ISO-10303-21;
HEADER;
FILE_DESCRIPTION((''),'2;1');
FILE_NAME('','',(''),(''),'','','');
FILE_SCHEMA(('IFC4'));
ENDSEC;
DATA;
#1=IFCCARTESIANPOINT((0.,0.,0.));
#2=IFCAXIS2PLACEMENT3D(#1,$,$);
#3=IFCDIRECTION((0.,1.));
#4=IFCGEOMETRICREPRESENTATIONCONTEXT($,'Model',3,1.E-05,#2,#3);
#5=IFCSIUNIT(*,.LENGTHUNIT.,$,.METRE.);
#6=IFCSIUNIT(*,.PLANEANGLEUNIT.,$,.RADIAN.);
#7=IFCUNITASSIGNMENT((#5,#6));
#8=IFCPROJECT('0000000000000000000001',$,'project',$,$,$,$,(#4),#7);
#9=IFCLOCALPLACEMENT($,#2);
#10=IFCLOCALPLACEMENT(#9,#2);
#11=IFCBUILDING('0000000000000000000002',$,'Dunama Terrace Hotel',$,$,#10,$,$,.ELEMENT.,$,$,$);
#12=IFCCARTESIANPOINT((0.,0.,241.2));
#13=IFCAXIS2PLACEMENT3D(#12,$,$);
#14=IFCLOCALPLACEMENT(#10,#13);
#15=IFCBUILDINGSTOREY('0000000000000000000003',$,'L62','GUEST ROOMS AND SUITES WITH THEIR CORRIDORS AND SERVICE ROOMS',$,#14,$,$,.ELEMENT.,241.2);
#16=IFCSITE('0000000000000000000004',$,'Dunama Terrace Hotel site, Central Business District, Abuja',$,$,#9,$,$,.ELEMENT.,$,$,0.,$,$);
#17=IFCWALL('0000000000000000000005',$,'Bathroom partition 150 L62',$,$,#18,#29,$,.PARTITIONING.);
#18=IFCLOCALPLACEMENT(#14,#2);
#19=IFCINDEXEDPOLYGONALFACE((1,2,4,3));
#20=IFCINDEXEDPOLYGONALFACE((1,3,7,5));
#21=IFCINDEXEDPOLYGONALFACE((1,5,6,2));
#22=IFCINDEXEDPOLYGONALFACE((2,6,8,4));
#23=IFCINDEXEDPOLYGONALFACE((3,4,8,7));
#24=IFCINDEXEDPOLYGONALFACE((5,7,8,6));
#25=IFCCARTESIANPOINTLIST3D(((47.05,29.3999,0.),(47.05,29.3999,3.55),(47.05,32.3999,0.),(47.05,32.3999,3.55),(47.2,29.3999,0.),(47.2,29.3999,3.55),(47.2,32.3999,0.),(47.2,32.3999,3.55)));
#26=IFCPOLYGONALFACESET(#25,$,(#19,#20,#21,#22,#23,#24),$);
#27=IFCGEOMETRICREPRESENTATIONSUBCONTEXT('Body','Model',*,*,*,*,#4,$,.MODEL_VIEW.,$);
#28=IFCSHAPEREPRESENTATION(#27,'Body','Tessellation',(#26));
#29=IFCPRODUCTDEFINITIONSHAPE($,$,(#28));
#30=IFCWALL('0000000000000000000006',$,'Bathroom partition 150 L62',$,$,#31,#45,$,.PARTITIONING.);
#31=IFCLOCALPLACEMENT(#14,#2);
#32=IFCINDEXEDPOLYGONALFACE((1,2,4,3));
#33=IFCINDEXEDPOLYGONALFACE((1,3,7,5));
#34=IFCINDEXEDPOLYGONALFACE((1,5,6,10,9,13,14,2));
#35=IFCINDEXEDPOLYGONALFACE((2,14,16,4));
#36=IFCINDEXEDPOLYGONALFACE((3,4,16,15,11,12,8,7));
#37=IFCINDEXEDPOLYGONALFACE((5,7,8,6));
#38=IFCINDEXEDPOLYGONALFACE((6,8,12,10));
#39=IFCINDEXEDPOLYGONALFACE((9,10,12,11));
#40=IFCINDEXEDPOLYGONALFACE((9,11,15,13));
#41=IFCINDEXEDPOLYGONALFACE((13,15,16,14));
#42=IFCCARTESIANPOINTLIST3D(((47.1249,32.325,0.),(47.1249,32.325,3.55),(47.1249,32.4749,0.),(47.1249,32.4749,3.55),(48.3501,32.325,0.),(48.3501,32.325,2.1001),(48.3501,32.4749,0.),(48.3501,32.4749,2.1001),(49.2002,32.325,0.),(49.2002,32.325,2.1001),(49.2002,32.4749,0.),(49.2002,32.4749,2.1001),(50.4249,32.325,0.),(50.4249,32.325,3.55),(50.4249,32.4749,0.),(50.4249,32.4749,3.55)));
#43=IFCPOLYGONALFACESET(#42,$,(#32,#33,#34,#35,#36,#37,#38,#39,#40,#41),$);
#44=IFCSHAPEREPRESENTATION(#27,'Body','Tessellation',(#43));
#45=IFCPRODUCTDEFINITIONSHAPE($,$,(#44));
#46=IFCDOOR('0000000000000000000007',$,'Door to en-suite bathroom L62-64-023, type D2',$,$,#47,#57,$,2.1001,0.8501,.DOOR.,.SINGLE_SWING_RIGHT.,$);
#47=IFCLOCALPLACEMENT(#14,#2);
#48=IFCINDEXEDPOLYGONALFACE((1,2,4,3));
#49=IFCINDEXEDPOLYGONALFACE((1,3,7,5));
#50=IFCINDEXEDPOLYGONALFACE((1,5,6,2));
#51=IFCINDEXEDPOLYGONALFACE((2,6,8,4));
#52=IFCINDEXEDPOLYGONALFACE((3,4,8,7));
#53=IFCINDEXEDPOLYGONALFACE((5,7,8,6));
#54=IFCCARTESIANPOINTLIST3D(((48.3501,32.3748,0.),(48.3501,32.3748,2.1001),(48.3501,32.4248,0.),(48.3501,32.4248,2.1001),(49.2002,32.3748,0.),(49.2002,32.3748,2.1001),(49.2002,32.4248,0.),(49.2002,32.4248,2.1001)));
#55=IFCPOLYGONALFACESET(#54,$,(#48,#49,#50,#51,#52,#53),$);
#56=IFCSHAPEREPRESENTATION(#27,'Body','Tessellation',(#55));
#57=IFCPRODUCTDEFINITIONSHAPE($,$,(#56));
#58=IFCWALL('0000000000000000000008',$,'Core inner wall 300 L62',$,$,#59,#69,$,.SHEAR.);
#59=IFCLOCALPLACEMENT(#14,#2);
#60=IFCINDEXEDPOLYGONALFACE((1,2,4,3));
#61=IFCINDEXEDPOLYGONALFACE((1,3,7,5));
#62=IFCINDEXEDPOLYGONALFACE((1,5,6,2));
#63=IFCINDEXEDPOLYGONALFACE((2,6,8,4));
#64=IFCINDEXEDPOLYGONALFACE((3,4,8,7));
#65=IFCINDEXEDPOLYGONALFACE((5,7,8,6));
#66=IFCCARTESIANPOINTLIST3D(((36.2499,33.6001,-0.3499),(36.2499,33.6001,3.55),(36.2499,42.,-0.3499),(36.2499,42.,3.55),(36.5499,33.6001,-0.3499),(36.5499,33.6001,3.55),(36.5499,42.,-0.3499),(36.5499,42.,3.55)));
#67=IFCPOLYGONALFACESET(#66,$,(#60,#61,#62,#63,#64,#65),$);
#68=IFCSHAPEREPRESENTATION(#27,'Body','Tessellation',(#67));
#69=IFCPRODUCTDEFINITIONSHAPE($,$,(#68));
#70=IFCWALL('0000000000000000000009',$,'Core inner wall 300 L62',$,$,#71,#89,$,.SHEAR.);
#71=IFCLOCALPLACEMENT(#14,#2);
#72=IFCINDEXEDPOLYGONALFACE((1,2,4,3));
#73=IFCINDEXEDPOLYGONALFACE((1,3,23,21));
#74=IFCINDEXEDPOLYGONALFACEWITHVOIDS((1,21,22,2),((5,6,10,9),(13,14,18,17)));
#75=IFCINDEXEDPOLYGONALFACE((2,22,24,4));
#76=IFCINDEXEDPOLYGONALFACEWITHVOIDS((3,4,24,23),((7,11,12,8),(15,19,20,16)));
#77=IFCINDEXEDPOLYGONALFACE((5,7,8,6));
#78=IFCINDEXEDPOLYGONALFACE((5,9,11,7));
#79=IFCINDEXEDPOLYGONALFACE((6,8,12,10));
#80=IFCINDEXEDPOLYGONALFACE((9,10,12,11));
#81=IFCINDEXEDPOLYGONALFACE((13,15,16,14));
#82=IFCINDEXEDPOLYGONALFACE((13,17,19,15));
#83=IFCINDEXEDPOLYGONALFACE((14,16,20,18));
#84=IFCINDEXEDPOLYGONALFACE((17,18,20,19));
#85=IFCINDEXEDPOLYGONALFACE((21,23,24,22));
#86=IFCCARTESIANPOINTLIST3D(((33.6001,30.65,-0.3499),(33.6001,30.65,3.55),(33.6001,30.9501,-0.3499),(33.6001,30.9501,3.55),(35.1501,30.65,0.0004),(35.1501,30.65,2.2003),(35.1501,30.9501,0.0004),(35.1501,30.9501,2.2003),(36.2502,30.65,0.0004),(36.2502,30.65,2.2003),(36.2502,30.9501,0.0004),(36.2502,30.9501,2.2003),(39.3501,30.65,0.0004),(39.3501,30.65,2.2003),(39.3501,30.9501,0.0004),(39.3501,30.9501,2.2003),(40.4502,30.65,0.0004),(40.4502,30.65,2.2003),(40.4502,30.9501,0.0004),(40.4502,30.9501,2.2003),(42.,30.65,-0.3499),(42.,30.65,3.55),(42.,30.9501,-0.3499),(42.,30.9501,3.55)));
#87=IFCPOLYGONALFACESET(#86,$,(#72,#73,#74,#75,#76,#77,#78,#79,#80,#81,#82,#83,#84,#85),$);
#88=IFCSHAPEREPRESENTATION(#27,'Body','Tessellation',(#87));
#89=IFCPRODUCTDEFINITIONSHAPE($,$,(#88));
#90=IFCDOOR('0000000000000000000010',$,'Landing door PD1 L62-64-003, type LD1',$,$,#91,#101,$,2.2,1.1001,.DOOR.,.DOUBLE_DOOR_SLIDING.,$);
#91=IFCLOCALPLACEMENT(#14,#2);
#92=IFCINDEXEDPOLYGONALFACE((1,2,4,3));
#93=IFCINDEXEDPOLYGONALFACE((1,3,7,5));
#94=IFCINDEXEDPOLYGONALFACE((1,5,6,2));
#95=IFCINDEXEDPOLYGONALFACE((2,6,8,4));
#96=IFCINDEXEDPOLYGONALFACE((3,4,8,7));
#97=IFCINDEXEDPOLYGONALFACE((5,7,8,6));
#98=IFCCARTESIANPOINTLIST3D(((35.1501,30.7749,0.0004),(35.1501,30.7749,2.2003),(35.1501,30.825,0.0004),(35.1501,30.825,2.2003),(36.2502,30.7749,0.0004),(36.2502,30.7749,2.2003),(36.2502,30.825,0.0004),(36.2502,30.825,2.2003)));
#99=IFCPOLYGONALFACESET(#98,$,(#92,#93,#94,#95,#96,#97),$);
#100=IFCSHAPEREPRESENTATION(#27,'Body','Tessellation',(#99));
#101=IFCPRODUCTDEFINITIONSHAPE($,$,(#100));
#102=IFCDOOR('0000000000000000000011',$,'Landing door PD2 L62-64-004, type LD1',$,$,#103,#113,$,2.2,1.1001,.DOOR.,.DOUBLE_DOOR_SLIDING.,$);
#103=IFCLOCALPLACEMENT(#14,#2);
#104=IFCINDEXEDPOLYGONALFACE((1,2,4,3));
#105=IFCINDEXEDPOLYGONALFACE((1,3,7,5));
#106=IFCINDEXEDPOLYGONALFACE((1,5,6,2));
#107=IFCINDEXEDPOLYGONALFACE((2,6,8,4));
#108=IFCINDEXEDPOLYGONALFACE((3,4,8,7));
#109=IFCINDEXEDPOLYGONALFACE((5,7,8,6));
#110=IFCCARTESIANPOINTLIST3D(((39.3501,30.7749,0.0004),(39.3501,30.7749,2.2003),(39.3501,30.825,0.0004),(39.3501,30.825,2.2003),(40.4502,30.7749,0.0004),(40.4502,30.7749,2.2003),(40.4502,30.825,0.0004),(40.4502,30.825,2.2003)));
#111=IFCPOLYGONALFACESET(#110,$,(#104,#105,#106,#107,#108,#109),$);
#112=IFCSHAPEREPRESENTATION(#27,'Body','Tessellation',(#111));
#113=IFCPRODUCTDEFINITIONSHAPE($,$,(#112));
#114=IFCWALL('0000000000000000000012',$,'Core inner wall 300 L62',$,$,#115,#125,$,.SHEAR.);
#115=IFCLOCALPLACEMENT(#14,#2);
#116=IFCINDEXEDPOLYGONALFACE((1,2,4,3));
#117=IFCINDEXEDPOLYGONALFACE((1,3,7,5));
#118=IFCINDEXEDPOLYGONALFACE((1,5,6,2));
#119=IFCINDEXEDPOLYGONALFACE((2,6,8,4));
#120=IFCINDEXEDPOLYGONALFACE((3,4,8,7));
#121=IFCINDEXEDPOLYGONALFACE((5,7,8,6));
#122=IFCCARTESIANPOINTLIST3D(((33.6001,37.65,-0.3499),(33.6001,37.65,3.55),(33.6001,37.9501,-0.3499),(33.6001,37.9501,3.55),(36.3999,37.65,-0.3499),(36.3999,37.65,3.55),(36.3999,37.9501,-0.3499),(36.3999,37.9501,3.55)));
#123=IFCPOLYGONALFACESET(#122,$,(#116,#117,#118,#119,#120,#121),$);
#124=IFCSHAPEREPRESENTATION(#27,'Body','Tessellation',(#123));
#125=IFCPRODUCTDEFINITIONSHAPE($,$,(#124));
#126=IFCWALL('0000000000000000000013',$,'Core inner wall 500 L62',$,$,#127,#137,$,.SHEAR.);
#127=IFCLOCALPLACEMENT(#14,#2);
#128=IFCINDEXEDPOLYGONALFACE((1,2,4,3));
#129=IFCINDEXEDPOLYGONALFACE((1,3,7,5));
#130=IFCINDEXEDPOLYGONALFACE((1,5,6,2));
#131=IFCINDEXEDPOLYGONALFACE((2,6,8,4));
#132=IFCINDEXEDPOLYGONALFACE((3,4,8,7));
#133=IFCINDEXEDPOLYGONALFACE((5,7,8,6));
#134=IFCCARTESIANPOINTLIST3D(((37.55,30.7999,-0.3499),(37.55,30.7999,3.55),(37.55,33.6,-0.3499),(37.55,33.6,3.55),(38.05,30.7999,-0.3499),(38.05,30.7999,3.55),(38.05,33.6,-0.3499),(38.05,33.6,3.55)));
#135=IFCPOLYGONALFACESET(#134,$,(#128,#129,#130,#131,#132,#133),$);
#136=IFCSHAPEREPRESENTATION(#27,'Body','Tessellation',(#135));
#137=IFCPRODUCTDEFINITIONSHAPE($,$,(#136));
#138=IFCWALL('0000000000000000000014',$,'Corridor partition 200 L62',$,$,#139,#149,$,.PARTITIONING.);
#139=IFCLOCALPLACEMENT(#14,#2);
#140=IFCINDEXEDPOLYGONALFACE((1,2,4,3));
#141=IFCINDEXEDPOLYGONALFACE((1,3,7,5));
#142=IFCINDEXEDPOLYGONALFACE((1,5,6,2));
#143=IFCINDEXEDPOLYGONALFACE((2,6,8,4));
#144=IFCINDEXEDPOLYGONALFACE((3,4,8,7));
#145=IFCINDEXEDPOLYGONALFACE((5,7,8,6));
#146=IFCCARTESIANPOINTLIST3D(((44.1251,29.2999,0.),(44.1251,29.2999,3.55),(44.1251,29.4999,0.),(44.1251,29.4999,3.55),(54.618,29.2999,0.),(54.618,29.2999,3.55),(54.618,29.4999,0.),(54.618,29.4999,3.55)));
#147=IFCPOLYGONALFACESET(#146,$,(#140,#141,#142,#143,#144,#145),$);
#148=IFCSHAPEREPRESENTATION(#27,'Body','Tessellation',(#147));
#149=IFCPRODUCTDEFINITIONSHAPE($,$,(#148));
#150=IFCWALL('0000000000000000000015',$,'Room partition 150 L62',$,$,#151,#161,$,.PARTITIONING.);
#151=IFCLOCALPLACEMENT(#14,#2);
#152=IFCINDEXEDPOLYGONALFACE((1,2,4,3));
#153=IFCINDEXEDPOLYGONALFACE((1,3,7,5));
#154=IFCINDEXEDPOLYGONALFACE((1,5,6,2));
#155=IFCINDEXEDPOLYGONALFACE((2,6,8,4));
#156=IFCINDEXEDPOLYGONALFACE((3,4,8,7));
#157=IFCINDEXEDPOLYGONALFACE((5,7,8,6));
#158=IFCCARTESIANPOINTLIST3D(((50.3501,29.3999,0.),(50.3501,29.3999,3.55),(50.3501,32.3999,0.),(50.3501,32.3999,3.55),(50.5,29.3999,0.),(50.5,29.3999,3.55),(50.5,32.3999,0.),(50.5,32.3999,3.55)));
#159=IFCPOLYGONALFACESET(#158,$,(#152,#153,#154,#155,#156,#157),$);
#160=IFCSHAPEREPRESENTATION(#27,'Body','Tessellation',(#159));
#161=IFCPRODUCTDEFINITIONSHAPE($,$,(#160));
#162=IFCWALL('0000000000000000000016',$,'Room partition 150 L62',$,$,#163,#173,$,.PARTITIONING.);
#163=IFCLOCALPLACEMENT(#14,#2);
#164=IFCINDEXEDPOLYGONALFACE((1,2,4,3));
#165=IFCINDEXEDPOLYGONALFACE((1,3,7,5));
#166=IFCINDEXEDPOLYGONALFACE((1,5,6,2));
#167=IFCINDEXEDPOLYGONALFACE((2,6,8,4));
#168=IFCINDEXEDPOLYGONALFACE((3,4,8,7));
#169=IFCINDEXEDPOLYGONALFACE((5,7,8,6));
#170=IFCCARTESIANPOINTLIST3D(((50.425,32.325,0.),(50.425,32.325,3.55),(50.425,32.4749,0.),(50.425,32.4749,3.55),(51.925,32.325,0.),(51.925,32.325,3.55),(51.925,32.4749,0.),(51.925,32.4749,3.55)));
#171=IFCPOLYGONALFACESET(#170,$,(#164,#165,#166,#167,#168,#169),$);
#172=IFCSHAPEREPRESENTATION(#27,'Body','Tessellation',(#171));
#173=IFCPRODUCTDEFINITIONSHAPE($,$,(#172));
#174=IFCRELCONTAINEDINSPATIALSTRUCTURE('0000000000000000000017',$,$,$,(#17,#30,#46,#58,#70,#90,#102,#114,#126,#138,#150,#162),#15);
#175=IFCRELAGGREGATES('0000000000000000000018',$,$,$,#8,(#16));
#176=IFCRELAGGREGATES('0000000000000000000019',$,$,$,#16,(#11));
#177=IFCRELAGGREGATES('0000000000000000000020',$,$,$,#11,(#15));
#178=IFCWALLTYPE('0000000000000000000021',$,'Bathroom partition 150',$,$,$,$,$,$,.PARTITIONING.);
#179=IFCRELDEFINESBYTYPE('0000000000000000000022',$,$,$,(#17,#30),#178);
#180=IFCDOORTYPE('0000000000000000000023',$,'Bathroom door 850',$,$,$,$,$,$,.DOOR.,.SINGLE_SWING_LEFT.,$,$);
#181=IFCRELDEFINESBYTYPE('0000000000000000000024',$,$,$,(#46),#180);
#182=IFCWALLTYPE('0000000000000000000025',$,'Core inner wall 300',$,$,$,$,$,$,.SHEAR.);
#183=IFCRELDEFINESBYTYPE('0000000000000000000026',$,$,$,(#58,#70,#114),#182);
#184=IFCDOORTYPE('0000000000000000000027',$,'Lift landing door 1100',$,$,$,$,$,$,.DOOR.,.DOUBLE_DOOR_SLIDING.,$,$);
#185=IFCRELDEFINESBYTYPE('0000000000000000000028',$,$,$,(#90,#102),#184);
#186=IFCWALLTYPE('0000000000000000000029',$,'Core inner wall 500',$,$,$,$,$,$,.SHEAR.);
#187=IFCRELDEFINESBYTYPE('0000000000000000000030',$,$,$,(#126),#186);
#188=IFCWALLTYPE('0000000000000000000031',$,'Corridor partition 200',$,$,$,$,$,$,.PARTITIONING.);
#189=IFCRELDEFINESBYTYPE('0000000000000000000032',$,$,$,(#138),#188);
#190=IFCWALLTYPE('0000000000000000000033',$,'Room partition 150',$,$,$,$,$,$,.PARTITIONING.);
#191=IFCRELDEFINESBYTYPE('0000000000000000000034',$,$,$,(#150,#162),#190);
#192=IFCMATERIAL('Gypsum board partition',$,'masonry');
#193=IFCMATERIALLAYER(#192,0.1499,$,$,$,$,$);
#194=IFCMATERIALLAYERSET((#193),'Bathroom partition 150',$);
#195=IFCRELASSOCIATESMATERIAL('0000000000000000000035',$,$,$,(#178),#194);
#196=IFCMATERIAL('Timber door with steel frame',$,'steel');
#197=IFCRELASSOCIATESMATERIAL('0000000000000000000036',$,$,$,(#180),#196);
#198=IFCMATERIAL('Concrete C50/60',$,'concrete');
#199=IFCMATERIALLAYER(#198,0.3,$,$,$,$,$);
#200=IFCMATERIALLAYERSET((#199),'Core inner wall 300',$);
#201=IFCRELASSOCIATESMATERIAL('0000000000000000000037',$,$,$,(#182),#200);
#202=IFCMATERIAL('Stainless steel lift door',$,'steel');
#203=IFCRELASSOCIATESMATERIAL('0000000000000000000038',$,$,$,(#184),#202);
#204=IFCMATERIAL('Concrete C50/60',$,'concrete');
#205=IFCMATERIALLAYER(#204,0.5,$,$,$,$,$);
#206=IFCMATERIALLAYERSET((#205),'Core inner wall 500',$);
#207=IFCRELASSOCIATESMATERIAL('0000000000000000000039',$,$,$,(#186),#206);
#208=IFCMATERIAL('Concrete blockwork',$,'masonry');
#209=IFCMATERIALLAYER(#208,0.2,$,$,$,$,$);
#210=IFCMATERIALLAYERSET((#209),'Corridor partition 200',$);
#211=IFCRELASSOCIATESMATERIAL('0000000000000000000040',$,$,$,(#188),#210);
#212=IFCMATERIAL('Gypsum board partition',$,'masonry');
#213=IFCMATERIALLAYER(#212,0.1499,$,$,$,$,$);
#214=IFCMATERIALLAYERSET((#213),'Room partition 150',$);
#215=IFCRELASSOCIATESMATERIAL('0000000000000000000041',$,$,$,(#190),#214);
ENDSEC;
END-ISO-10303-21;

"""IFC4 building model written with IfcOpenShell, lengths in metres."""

from ifc_helpers import new_model, si_unit, direction, frame, frame_2d, origin, place, context, subcontext, project, spatial, rectangle, extrude, material, layer, layer_set, type_object, element, fill, save


model = new_model("IFC4")

# Units and contexts
model_context = context("Model", 3, precision=1e-05, world=origin(), true_north=direction((0.0, 1.0)))
body_context = subcontext(model_context, "Body", "Model", "MODEL_VIEW")
ifc_project = project(units=[si_unit("LENGTHUNIT", "METRE"), si_unit("PLANEANGLEUNIT", "RADIAN")], contexts=[model_context])

# Site, building, storey
site_placement = place(None, origin())
site = spatial("IfcSite", under=ifc_project, at=site_placement, Name="Dunama Terrace Hotel site, Central Business District, Abuja", CompositionType="ELEMENT", RefElevation=0.0)
building_placement = place(site_placement, origin())
building = spatial("IfcBuilding", under=site, at=building_placement, Name="Dunama Terrace Hotel", CompositionType="ELEMENT")
storey_placement = place(building_placement, frame((0.0, 0.0, 241.2)))
storey = spatial("IfcBuildingStorey", under=building, at=storey_placement, Name="L62", Description="GUEST ROOMS AND SUITES WITH THEIR CORRIDORS AND SERVICE ROOMS", CompositionType="ELEMENT", Elevation=241.2)

# Wall
ifc_material_1 = material(Name="Gypsum board partition", Category="masonry")
ifc_layer_1 = layer(ifc_material_1, 0.1499)
ifc_layer_set_1 = layer_set([ifc_layer_1], Name="Bathroom partition 150")
wall_type_1 = type_object("IfcWallType", Name="Bathroom partition 150", PredefinedType="PARTITIONING", material=ifc_layer_set_1)
wall_1_placement = place(storey_placement, frame((47.125, 29.3999, 0.0), z_axis=(0.0, 0.0, 1.0), x_axis=(0.0, 1.0, 0.0)))
element("IfcWall", 1, at=wall_1_placement, inside=storey, type_object=wall_type_1, Name="Bathroom partition 150 L62", PredefinedType="PARTITIONING", context=body_context, shape_type="SweptSolid", body=[
    extrude(rectangle(XDim=3.0, YDim=0.1499, at=frame_2d((1.5, 0.0))), origin(), (0.0, 0.0, 1.0), 3.55),
])

# Wall, opening, door
wall_2_placement = place(storey_placement, frame((47.125, 32.3999, 0.0), z_axis=(0.0, 0.0, 1.0), x_axis=(1.0, 0.0, 0.0)))
wall_2 = element("IfcWall", 2, at=wall_2_placement, inside=storey, type_object=wall_type_1, Name="Bathroom partition 150 L62", PredefinedType="PARTITIONING", context=body_context, shape_type="SweptSolid", body=[
    extrude(rectangle(XDim=3.3, YDim=0.1499, at=frame_2d((1.6499, 0.0))), origin(), (0.0, 0.0, 1.0), 3.55),
])
opening_1_placement = place(wall_2_placement, frame((1.2251, 0.0, 0.0)))
opening_1 = element("IfcOpeningElement", 3, at=opening_1_placement, cuts=wall_2, PredefinedType="OPENING", context=body_context, shape_type="SweptSolid", body=[
    extrude(rectangle(XDim=0.8501, YDim=2.1001, at=frame_2d((0.425, 1.05))), frame((0.0, 0.085, 0.0), z_axis=(0.0, -1.0, 0.0), x_axis=(1.0, 0.0, 0.0)), (0.0, 0.0, 1.0), 0.1699),
])
ifc_material_2 = material(Name="Timber door with steel frame", Category="steel")
door_type_1 = type_object("IfcDoorType", Name="Bathroom door 850", OperationType="SINGLE_SWING_LEFT", PredefinedType="DOOR", material=ifc_material_2)
door_1_placement = place(opening_1_placement, frame((0.8501, 0.0, 0.0), z_axis=(0.0, 0.0, 1.0), x_axis=(-1.0, 0.0, 0.0)))
door_1 = element("IfcDoor", 4, at=door_1_placement, inside=storey, type_object=door_type_1, Name="Door to en-suite bathroom L62-64-023, type D2", OperationType="SINGLE_SWING_RIGHT", OverallHeight=2.1001, OverallWidth=0.8501, PredefinedType="DOOR", context=body_context, shape_type="SweptSolid", body=[
    extrude(rectangle(XDim=0.8501, YDim=2.1001, at=frame_2d((0.425, 1.05))), frame((0.0, 0.0251, 0.0), z_axis=(0.0, -1.0, 0.0), x_axis=(1.0, 0.0, 0.0)), (0.0, 0.0, 1.0), 0.05),
])
fill(opening_1, door_1)

# Wall
ifc_material_3 = material(Name="Concrete C50/60", Category="concrete")
ifc_layer_2 = layer(ifc_material_3, 0.3)
ifc_layer_set_2 = layer_set([ifc_layer_2], Name="Core inner wall 300")
wall_type_2 = type_object("IfcWallType", Name="Core inner wall 300", PredefinedType="SHEAR", material=ifc_layer_set_2)
wall_3_placement = place(storey_placement, frame((36.3999, 33.6001, -0.3499), z_axis=(0.0, 0.0, 1.0), x_axis=(0.0, 1.0, 0.0)))
element("IfcWall", 5, at=wall_3_placement, inside=storey, type_object=wall_type_2, Name="Core inner wall 300 L62", PredefinedType="SHEAR", context=body_context, shape_type="SweptSolid", body=[
    extrude(rectangle(XDim=8.3999, YDim=0.3, at=frame_2d((4.2, 0.0))), origin(), (0.0, 0.0, 1.0), 3.8999),
])

# Wall, openings, doors
wall_4_placement = place(storey_placement, frame((33.6001, 30.8, -0.3499), z_axis=(0.0, 0.0, 1.0), x_axis=(1.0, 0.0, 0.0)))
wall_4 = element("IfcWall", 6, at=wall_4_placement, inside=storey, type_object=wall_type_2, Name="Core inner wall 300 L62", PredefinedType="SHEAR", context=body_context, shape_type="SweptSolid", body=[
    extrude(rectangle(XDim=8.3999, YDim=0.3, at=frame_2d((4.2, 0.0))), origin(), (0.0, 0.0, 1.0), 3.8999),
])
opening_2_placement = place(wall_4_placement, frame((1.55, 0.0, 0.3501)))
opening_2 = element("IfcOpeningElement", 7, at=opening_2_placement, cuts=wall_4, PredefinedType="OPENING", context=body_context, shape_type="SweptSolid", body=[
    extrude(rectangle(XDim=1.1001, YDim=2.2, at=frame_2d((0.55, 1.1001))), frame((0.0, 0.1599, 0.0), z_axis=(0.0, -1.0, 0.0), x_axis=(1.0, 0.0, 0.0)), (0.0, 0.0, 1.0), 0.3201),
])
opening_3_placement = place(wall_4_placement, frame((5.75, 0.0, 0.3501)))
opening_3 = element("IfcOpeningElement", 8, at=opening_3_placement, cuts=wall_4, PredefinedType="OPENING", context=body_context, shape_type="SweptSolid", body=[
    extrude(rectangle(XDim=1.1001, YDim=2.2, at=frame_2d((0.55, 1.1001))), frame((0.0, 0.1599, 0.0), z_axis=(0.0, -1.0, 0.0), x_axis=(1.0, 0.0, 0.0)), (0.0, 0.0, 1.0), 0.3201),
])
ifc_material_4 = material(Name="Stainless steel lift door", Category="steel")
door_type_2 = type_object("IfcDoorType", Name="Lift landing door 1100", OperationType="DOUBLE_DOOR_SLIDING", PredefinedType="DOOR", material=ifc_material_4)
door_2_placement = place(opening_2_placement, origin())
door_2 = element("IfcDoor", 9, at=door_2_placement, inside=storey, type_object=door_type_2, Name="Landing door PD1 L62-64-003, type LD1", OperationType="DOUBLE_DOOR_SLIDING", OverallHeight=2.2, OverallWidth=1.1001, PredefinedType="DOOR", context=body_context, shape_type="SweptSolid", body=[
    extrude(rectangle(XDim=1.1001, YDim=2.2, at=frame_2d((0.55, 1.1001))), frame((0.0, 0.0249, 0.0), z_axis=(0.0, -1.0, 0.0), x_axis=(1.0, 0.0, 0.0)), (0.0, 0.0, 1.0), 0.05),
])
fill(opening_2, door_2)
door_3_placement = place(opening_3_placement, origin())
door_3 = element("IfcDoor", 10, at=door_3_placement, inside=storey, type_object=door_type_2, Name="Landing door PD2 L62-64-004, type LD1", OperationType="DOUBLE_DOOR_SLIDING", OverallHeight=2.2, OverallWidth=1.1001, PredefinedType="DOOR", context=body_context, shape_type="SweptSolid", body=[
    extrude(rectangle(XDim=1.1001, YDim=2.2, at=frame_2d((0.55, 1.1001))), frame((0.0, 0.0249, 0.0), z_axis=(0.0, -1.0, 0.0), x_axis=(1.0, 0.0, 0.0)), (0.0, 0.0, 1.0), 0.05),
])
fill(opening_3, door_3)

# Walls
wall_5_placement = place(storey_placement, frame((33.6001, 37.8, -0.3499), z_axis=(0.0, 0.0, 1.0), x_axis=(1.0, 0.0, 0.0)))
element("IfcWall", 11, at=wall_5_placement, inside=storey, type_object=wall_type_2, Name="Core inner wall 300 L62", PredefinedType="SHEAR", context=body_context, shape_type="SweptSolid", body=[
    extrude(rectangle(XDim=2.7998, YDim=0.3, at=frame_2d((1.3999, 0.0))), origin(), (0.0, 0.0, 1.0), 3.8999),
])
ifc_material_5 = material(Name="Concrete C50/60", Category="concrete")
ifc_layer_3 = layer(ifc_material_5, 0.5)
ifc_layer_set_3 = layer_set([ifc_layer_3], Name="Core inner wall 500")
wall_type_3 = type_object("IfcWallType", Name="Core inner wall 500", PredefinedType="SHEAR", material=ifc_layer_set_3)
wall_6_placement = place(storey_placement, frame((37.8, 30.8, -0.3499), z_axis=(0.0, 0.0, 1.0), x_axis=(0.0, 1.0, 0.0)))
element("IfcWall", 12, at=wall_6_placement, inside=storey, type_object=wall_type_3, Name="Core inner wall 500 L62", PredefinedType="SHEAR", context=body_context, shape_type="SweptSolid", body=[
    extrude(rectangle(XDim=2.8, YDim=0.5, at=frame_2d((1.3999, 0.0))), origin(), (0.0, 0.0, 1.0), 3.8999),
])
ifc_material_6 = material(Name="Concrete blockwork", Category="masonry")
ifc_layer_4 = layer(ifc_material_6, 0.2)
ifc_layer_set_4 = layer_set([ifc_layer_4], Name="Corridor partition 200")
wall_type_4 = type_object("IfcWallType", Name="Corridor partition 200", PredefinedType="PARTITIONING", material=ifc_layer_set_4)
wall_7_placement = place(storey_placement, frame((44.125, 29.3999, 0.0), z_axis=(0.0, 0.0, 1.0), x_axis=(1.0, 0.0, 0.0)))
element("IfcWall", 13, at=wall_7_placement, inside=storey, type_object=wall_type_4, Name="Corridor partition 200 L62", PredefinedType="PARTITIONING", context=body_context, shape_type="SweptSolid", body=[
    extrude(rectangle(XDim=10.4929, YDim=0.2, at=frame_2d((5.2466, 0.0))), origin(), (0.0, 0.0, 1.0), 3.55),
])
ifc_material_7 = material(Name="Gypsum board partition", Category="masonry")
ifc_layer_5 = layer(ifc_material_7, 0.1499)
ifc_layer_set_5 = layer_set([ifc_layer_5], Name="Room partition 150")
wall_type_5 = type_object("IfcWallType", Name="Room partition 150", PredefinedType="PARTITIONING", material=ifc_layer_set_5)
wall_8_placement = place(storey_placement, frame((50.425, 29.3999, 0.0), z_axis=(0.0, 0.0, 1.0), x_axis=(0.0, 1.0, 0.0)))
element("IfcWall", 14, at=wall_8_placement, inside=storey, type_object=wall_type_5, Name="Room partition 150 L62", PredefinedType="PARTITIONING", context=body_context, shape_type="SweptSolid", body=[
    extrude(rectangle(XDim=3.0, YDim=0.1499, at=frame_2d((1.5, 0.0))), origin(), (0.0, 0.0, 1.0), 3.55),
])
wall_9_placement = place(storey_placement, frame((50.425, 32.3999, 0.0), z_axis=(0.0, 0.0, 1.0), x_axis=(1.0, 0.0, 0.0)))
element("IfcWall", 15, at=wall_9_placement, inside=storey, type_object=wall_type_5, Name="Room partition 150 L62", PredefinedType="PARTITIONING", context=body_context, shape_type="SweptSolid", body=[
    extrude(rectangle(XDim=1.5, YDim=0.1499, at=frame_2d((0.75, 0.0))), origin(), (0.0, 0.0, 1.0), 3.55),
])

save(model, "model.ifc")
